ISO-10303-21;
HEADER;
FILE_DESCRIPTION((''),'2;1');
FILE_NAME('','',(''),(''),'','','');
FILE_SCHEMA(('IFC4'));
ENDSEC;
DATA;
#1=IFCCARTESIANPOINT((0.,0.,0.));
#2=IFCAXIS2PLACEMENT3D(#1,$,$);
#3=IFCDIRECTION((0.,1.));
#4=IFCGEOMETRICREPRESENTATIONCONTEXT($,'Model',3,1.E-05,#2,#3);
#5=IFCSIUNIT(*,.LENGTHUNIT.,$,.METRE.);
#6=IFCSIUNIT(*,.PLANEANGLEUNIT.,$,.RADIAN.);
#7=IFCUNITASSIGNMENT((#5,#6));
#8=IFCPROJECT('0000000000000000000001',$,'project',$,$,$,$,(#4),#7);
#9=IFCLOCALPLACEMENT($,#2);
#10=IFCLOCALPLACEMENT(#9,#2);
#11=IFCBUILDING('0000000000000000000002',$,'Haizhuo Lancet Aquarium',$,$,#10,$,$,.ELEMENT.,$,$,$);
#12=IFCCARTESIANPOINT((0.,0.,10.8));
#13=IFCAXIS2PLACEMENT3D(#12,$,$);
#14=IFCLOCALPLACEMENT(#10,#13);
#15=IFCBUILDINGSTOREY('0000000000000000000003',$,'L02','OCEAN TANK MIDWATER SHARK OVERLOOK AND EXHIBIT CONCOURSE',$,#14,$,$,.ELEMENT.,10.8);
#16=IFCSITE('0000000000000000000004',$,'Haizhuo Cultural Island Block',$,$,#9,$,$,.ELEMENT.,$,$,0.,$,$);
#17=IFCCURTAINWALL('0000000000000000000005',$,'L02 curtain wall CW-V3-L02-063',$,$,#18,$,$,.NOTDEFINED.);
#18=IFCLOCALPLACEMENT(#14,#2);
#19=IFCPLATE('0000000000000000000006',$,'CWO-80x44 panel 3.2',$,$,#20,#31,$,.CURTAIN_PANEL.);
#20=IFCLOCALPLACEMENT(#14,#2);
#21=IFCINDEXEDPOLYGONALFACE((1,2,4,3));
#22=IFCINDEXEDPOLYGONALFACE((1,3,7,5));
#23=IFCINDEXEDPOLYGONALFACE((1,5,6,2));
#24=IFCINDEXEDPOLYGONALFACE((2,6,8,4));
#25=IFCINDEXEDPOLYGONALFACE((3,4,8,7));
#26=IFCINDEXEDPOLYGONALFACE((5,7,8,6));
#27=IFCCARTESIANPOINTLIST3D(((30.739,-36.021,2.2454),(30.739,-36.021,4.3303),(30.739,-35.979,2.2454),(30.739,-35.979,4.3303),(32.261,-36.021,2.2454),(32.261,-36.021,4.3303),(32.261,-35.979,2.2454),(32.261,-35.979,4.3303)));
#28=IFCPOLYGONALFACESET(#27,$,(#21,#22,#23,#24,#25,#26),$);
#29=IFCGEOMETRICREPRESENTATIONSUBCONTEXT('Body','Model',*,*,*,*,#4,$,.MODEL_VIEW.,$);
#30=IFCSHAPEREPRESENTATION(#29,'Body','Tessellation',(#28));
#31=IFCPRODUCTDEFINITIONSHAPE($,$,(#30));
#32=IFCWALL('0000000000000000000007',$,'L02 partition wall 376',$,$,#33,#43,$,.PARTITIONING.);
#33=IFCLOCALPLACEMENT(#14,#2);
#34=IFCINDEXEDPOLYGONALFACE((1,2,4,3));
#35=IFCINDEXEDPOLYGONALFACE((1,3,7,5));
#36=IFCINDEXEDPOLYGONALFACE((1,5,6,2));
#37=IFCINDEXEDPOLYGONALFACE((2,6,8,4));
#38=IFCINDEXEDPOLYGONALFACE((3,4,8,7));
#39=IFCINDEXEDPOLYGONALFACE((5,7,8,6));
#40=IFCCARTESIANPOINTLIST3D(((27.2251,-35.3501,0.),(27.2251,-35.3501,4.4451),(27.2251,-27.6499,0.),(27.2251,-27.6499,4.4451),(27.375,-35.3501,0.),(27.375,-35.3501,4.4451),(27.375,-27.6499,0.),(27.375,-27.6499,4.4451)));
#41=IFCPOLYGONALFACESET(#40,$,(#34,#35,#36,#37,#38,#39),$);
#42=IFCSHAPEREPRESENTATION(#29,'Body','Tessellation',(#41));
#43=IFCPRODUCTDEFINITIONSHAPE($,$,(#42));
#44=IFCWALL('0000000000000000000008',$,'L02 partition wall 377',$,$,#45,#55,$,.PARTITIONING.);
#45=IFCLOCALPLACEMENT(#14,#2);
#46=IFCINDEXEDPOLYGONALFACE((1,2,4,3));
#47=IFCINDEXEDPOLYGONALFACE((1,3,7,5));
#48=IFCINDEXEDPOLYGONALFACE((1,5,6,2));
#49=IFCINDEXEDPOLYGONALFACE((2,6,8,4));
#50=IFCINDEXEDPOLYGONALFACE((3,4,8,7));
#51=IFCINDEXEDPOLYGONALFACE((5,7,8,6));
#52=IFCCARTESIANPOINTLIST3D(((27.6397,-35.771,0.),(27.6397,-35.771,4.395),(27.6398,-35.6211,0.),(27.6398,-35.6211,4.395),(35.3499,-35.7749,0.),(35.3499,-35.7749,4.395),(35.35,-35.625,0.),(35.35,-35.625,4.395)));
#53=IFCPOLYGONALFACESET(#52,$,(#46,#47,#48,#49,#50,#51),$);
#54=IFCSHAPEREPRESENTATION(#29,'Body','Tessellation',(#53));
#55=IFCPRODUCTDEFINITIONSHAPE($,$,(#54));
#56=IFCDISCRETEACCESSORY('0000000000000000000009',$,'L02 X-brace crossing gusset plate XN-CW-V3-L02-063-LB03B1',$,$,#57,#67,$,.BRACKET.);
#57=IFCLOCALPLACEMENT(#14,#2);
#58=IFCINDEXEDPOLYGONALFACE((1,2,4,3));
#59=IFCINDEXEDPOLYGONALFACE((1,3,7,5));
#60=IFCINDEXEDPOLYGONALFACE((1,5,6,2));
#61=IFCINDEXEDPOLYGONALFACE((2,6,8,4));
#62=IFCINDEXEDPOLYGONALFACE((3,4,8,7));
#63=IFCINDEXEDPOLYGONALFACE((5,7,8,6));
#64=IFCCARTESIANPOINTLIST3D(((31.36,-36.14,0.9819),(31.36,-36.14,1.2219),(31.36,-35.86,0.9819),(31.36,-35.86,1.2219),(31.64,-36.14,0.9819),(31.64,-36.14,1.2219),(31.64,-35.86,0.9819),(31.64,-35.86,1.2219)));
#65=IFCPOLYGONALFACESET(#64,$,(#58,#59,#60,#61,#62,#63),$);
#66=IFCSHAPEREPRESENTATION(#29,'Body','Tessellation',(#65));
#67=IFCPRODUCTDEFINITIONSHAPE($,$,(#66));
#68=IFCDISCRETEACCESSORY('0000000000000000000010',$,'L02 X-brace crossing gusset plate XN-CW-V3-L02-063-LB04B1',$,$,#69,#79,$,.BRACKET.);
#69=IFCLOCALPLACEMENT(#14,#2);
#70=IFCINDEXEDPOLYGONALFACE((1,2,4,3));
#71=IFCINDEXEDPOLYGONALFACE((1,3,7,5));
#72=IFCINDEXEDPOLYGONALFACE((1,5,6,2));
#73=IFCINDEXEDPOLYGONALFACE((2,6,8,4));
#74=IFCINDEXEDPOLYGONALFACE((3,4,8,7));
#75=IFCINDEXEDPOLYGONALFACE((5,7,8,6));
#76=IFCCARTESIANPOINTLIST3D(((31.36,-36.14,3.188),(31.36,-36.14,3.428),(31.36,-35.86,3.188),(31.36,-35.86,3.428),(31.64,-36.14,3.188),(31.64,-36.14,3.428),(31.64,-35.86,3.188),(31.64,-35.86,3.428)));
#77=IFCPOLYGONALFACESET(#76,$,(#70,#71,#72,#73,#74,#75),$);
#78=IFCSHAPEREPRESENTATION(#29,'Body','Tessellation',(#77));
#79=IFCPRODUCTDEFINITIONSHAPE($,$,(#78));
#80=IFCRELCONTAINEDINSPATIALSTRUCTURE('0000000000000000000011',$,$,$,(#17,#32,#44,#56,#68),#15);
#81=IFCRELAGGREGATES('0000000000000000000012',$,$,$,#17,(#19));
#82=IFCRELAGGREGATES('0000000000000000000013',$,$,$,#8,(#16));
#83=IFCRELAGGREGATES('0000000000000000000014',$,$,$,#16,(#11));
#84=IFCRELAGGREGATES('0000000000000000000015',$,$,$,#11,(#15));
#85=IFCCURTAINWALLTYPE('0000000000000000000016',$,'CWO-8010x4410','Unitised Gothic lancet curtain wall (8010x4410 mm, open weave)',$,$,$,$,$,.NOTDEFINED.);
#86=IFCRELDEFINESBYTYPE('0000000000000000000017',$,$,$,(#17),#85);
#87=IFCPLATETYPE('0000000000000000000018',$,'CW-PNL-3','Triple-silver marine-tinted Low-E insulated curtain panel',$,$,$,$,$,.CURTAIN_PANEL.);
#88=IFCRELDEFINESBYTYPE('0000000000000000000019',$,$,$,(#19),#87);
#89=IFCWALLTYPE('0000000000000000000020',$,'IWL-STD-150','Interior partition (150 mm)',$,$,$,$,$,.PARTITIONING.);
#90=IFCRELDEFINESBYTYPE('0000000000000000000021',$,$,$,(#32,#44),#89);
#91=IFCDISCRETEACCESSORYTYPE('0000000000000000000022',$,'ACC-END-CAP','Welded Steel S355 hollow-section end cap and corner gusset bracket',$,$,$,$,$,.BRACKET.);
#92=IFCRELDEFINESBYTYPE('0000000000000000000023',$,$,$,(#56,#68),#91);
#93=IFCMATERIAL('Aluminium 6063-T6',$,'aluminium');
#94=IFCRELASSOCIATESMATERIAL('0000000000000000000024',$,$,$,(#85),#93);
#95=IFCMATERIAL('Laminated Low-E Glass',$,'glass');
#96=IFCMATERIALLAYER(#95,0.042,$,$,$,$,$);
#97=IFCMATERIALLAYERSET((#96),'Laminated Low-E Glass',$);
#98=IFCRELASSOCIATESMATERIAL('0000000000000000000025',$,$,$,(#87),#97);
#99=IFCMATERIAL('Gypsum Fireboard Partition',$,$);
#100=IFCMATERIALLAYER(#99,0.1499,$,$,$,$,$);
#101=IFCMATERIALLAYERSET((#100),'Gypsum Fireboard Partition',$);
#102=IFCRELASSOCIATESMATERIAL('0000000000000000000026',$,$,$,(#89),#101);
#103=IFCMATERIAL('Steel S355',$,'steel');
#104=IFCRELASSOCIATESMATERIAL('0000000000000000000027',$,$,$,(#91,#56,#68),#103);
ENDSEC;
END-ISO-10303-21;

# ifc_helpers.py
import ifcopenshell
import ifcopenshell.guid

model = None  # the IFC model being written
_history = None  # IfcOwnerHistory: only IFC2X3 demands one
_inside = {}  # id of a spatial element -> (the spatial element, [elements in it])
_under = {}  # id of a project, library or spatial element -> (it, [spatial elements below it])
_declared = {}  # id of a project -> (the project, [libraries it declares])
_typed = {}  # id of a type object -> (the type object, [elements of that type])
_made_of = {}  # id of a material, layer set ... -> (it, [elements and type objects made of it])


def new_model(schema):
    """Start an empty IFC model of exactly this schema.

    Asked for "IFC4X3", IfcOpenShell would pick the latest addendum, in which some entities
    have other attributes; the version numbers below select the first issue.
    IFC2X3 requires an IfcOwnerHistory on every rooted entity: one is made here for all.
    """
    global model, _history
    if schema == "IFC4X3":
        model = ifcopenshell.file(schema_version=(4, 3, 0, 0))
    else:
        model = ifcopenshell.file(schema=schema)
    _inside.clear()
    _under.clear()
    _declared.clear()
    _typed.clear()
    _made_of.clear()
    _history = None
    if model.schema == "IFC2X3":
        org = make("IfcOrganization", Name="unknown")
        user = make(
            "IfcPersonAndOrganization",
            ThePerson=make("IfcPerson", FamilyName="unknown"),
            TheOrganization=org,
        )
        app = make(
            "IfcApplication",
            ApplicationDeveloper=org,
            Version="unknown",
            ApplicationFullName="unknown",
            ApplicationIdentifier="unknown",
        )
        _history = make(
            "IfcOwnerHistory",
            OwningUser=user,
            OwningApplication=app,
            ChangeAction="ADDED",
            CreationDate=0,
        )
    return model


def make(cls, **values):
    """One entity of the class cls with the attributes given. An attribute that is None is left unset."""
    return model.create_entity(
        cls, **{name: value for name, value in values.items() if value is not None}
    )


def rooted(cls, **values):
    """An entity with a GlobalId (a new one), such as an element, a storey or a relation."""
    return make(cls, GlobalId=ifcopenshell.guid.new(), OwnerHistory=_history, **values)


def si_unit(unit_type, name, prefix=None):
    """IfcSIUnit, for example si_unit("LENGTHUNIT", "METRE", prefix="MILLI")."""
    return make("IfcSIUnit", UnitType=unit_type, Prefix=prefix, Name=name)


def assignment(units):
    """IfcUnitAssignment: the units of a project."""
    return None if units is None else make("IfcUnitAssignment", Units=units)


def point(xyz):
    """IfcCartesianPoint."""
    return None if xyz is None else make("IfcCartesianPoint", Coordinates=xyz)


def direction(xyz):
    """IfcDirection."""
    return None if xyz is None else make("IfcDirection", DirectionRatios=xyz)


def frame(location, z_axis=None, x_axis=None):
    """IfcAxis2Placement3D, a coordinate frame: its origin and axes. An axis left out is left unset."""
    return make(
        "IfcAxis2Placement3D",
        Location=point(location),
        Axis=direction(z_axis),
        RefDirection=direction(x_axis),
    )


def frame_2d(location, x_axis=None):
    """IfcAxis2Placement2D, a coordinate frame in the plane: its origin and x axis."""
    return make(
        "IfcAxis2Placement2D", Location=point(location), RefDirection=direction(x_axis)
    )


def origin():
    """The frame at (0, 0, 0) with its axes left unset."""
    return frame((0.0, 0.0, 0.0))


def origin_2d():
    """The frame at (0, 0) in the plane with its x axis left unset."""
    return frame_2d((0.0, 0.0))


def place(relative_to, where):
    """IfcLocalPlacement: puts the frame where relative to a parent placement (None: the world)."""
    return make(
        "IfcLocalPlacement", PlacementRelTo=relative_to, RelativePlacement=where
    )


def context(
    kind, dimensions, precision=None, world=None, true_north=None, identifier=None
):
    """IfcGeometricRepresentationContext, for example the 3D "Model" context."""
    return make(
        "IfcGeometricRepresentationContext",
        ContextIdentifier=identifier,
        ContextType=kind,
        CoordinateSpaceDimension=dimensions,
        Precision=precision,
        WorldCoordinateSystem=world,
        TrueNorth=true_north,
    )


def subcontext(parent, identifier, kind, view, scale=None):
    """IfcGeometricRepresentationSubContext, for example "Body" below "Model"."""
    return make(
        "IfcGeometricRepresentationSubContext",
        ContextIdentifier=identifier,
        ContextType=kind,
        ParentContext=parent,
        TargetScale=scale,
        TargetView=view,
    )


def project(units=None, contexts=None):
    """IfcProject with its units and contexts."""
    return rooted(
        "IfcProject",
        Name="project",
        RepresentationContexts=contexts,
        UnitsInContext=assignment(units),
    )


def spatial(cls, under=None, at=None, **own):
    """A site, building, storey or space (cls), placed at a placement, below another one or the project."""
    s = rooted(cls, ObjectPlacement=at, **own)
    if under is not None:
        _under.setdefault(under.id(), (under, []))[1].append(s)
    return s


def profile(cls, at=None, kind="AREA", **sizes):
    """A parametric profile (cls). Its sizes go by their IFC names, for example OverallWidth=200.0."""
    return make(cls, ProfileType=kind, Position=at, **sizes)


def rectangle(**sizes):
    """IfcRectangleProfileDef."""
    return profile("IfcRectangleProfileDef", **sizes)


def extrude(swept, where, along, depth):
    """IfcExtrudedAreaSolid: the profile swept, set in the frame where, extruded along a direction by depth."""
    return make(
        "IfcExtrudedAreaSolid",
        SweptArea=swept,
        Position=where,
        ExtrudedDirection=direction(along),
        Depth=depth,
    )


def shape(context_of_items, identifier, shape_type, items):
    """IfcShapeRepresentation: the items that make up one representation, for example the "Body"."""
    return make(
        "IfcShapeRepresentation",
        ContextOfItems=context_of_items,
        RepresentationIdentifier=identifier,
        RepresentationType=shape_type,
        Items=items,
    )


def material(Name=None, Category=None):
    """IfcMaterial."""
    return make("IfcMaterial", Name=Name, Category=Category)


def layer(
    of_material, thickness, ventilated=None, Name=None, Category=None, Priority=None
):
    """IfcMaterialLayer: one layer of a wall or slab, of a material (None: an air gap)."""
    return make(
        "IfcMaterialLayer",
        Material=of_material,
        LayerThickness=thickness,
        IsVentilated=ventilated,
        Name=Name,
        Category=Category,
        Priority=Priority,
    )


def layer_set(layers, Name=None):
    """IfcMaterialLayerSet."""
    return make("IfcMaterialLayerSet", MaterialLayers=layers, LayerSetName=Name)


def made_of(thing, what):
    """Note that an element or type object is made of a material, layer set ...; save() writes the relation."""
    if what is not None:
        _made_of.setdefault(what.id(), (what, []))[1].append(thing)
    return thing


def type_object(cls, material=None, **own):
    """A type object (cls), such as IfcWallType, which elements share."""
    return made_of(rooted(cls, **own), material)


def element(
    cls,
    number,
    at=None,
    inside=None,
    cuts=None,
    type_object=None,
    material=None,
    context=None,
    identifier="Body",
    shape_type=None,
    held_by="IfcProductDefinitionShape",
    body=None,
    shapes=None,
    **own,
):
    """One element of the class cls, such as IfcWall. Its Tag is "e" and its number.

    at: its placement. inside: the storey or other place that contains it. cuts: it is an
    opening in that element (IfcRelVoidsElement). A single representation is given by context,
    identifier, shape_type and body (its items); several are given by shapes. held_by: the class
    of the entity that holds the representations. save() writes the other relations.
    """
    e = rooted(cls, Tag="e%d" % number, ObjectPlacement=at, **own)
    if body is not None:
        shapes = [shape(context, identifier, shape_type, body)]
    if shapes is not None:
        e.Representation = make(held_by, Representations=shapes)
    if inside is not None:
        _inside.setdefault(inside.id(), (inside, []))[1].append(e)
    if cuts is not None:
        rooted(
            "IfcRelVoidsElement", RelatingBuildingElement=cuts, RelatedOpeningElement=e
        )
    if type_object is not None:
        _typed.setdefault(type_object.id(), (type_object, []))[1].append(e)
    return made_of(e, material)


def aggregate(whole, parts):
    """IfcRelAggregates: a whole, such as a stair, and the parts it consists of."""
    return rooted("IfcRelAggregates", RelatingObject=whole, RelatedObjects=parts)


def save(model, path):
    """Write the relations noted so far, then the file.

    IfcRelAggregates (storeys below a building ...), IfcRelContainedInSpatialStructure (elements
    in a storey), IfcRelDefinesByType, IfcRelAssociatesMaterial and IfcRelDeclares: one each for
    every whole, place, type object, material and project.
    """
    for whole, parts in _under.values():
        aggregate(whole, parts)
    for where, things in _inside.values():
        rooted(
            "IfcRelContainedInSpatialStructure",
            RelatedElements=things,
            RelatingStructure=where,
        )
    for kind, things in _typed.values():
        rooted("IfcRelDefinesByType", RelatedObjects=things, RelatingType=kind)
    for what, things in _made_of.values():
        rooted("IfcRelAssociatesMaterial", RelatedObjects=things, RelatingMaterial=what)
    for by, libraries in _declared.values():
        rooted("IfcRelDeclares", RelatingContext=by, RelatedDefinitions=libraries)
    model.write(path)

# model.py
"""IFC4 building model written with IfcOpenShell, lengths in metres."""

from ifc_helpers import new_model, si_unit, direction, frame, frame_2d, origin, origin_2d, place, context, subcontext, project, spatial, rectangle, extrude, material, layer, layer_set, type_object, element, aggregate, save


model = new_model("IFC4")

# Units and contexts
model_context = context("Model", 3, precision=1e-05, world=origin(), true_north=direction((0.0, 1.0)))
body_context = subcontext(model_context, "Body", "Model", "MODEL_VIEW")
ifc_project = project(units=[si_unit("LENGTHUNIT", "METRE"), si_unit("PLANEANGLEUNIT", "RADIAN")], contexts=[model_context])

# Site, building, storey
site_placement = place(None, origin())
site = spatial("IfcSite", under=ifc_project, at=site_placement, Name="Haizhuo Cultural Island Block", CompositionType="ELEMENT", RefElevation=0.0)
building_placement = place(site_placement, origin())
building = spatial("IfcBuilding", under=site, at=building_placement, Name="Haizhuo Lancet Aquarium", CompositionType="ELEMENT")
storey_placement = place(building_placement, frame((0.0, 0.0, 10.8)))
storey = spatial("IfcBuildingStorey", under=building, at=storey_placement, Name="L02", Description="OCEAN TANK MIDWATER SHARK OVERLOOK AND EXHIBIT CONCOURSE", CompositionType="ELEMENT", Elevation=10.8)

# Curtain wall
ifc_material_1 = material(Name="Aluminium 6063-T6", Category="aluminium")
curtain_wall_type_1 = type_object("IfcCurtainWallType", Name="CWO-8010x4410", Description="Unitised Gothic lancet curtain wall (8010x4410 mm, open weave)", PredefinedType="NOTDEFINED", material=ifc_material_1)
curtain_wall_1_placement = place(storey_placement, origin())
curtain_wall_1 = element("IfcCurtainWall", 1, at=curtain_wall_1_placement, inside=storey, type_object=curtain_wall_type_1, Name="L02 curtain wall CW-V3-L02-063", PredefinedType="NOTDEFINED")

# Shared definitions
ifc_material_2 = material(Name="Steel S355", Category="steel")

# Shared definitions
ifc_material_3 = material(Name="Laminated Low-E Glass", Category="glass")

# Plate
ifc_layer_1 = layer(ifc_material_3, 0.042)
ifc_layer_set_1 = layer_set([ifc_layer_1], Name="Laminated Low-E Glass")
plate_type_1 = type_object("IfcPlateType", Name="CW-PNL-3", Description="Triple-silver marine-tinted Low-E insulated curtain panel", PredefinedType="CURTAIN_PANEL", material=ifc_layer_set_1)
plate_1_placement = place(storey_placement, frame((31.5, -36.0, 2.2454), z_axis=(0.0, 0.0, 1.0), x_axis=(-1.0, 0.0, 0.0)))
plate_1 = element("IfcPlate", 2, at=plate_1_placement, type_object=plate_type_1, Name="CWO-80x44 panel 3.2", PredefinedType="CURTAIN_PANEL", context=body_context, shape_type="SweptSolid", body=[
    extrude(rectangle(XDim=1.522, YDim=0.042, at=origin_2d()), origin(), (0.0, 0.0, 1.0), 2.085),
])
aggregate(curtain_wall_1, [plate_1])

# Walls
ifc_material_4 = material(Name="Gypsum Fireboard Partition")
ifc_layer_2 = layer(ifc_material_4, 0.1499)
ifc_layer_set_2 = layer_set([ifc_layer_2], Name="Gypsum Fireboard Partition")
wall_type = type_object("IfcWallType", Name="IWL-STD-150", Description="Interior partition (150 mm)", PredefinedType="PARTITIONING", material=ifc_layer_set_2)
wall_1_placement = place(storey_placement, frame((27.3, -27.6499, 0.0), z_axis=(0.0, 0.0, 1.0), x_axis=(0.0, -1.0, 0.0)))
element("IfcWall", 3, at=wall_1_placement, inside=storey, type_object=wall_type, Name="L02 partition wall 376", PredefinedType="PARTITIONING", context=body_context, shape_type="SweptSolid", body=[
    extrude(rectangle(XDim=7.7002, YDim=0.1499, at=frame_2d((3.8501, 0.0))), origin(), (0.0, 0.0, 1.0), 4.4451),
])
wall_2_placement = place(storey_placement, frame((27.6399, -35.696, 0.0), z_axis=(0.0, 0.0, 1.0), x_axis=(1.0, -0.000507, 0.0)))
element("IfcWall", 4, at=wall_2_placement, inside=storey, type_object=wall_type, Name="L02 partition wall 377", PredefinedType="PARTITIONING", context=body_context, shape_type="SweptSolid", body=[
    extrude(rectangle(XDim=7.7102, YDim=0.1499, at=frame_2d((3.855, 0.0))), origin(), (0.0, 0.0, 1.0), 4.395),
])

# Discrete accessories
discrete_accessory_type = type_object("IfcDiscreteAccessoryType", Name="ACC-END-CAP", Description="Welded Steel S355 hollow-section end cap and corner gusset bracket", PredefinedType="BRACKET", material=ifc_material_2)
for number, where, z_axis, x_axis, name in (
    (5, (31.5, -36.0, 0.9819), (0.0, 0.0, 1.0), (1.0, 0.0, 0.0), "L02 X-brace crossing gusset plate XN-CW-V3-L02-063-LB03B1"),
    (6, (31.5, -36.0, 3.188), (0.0, 0.0, 1.0), (1.0, 0.0, 0.0), "L02 X-brace crossing gusset plate XN-CW-V3-L02-063-LB04B1"),
):
    element("IfcDiscreteAccessory", number, at=place(storey_placement, frame(where, z_axis=z_axis, x_axis=x_axis)), inside=storey, type_object=discrete_accessory_type, material=ifc_material_2, Name=name, PredefinedType="BRACKET", context=body_context, shape_type="SweptSolid", body=[
        extrude(rectangle(XDim=0.28, YDim=0.28, at=origin_2d()), origin(), (0.0, 0.0, 1.0), 0.24),
    ])

save(model, "model.ifc")
